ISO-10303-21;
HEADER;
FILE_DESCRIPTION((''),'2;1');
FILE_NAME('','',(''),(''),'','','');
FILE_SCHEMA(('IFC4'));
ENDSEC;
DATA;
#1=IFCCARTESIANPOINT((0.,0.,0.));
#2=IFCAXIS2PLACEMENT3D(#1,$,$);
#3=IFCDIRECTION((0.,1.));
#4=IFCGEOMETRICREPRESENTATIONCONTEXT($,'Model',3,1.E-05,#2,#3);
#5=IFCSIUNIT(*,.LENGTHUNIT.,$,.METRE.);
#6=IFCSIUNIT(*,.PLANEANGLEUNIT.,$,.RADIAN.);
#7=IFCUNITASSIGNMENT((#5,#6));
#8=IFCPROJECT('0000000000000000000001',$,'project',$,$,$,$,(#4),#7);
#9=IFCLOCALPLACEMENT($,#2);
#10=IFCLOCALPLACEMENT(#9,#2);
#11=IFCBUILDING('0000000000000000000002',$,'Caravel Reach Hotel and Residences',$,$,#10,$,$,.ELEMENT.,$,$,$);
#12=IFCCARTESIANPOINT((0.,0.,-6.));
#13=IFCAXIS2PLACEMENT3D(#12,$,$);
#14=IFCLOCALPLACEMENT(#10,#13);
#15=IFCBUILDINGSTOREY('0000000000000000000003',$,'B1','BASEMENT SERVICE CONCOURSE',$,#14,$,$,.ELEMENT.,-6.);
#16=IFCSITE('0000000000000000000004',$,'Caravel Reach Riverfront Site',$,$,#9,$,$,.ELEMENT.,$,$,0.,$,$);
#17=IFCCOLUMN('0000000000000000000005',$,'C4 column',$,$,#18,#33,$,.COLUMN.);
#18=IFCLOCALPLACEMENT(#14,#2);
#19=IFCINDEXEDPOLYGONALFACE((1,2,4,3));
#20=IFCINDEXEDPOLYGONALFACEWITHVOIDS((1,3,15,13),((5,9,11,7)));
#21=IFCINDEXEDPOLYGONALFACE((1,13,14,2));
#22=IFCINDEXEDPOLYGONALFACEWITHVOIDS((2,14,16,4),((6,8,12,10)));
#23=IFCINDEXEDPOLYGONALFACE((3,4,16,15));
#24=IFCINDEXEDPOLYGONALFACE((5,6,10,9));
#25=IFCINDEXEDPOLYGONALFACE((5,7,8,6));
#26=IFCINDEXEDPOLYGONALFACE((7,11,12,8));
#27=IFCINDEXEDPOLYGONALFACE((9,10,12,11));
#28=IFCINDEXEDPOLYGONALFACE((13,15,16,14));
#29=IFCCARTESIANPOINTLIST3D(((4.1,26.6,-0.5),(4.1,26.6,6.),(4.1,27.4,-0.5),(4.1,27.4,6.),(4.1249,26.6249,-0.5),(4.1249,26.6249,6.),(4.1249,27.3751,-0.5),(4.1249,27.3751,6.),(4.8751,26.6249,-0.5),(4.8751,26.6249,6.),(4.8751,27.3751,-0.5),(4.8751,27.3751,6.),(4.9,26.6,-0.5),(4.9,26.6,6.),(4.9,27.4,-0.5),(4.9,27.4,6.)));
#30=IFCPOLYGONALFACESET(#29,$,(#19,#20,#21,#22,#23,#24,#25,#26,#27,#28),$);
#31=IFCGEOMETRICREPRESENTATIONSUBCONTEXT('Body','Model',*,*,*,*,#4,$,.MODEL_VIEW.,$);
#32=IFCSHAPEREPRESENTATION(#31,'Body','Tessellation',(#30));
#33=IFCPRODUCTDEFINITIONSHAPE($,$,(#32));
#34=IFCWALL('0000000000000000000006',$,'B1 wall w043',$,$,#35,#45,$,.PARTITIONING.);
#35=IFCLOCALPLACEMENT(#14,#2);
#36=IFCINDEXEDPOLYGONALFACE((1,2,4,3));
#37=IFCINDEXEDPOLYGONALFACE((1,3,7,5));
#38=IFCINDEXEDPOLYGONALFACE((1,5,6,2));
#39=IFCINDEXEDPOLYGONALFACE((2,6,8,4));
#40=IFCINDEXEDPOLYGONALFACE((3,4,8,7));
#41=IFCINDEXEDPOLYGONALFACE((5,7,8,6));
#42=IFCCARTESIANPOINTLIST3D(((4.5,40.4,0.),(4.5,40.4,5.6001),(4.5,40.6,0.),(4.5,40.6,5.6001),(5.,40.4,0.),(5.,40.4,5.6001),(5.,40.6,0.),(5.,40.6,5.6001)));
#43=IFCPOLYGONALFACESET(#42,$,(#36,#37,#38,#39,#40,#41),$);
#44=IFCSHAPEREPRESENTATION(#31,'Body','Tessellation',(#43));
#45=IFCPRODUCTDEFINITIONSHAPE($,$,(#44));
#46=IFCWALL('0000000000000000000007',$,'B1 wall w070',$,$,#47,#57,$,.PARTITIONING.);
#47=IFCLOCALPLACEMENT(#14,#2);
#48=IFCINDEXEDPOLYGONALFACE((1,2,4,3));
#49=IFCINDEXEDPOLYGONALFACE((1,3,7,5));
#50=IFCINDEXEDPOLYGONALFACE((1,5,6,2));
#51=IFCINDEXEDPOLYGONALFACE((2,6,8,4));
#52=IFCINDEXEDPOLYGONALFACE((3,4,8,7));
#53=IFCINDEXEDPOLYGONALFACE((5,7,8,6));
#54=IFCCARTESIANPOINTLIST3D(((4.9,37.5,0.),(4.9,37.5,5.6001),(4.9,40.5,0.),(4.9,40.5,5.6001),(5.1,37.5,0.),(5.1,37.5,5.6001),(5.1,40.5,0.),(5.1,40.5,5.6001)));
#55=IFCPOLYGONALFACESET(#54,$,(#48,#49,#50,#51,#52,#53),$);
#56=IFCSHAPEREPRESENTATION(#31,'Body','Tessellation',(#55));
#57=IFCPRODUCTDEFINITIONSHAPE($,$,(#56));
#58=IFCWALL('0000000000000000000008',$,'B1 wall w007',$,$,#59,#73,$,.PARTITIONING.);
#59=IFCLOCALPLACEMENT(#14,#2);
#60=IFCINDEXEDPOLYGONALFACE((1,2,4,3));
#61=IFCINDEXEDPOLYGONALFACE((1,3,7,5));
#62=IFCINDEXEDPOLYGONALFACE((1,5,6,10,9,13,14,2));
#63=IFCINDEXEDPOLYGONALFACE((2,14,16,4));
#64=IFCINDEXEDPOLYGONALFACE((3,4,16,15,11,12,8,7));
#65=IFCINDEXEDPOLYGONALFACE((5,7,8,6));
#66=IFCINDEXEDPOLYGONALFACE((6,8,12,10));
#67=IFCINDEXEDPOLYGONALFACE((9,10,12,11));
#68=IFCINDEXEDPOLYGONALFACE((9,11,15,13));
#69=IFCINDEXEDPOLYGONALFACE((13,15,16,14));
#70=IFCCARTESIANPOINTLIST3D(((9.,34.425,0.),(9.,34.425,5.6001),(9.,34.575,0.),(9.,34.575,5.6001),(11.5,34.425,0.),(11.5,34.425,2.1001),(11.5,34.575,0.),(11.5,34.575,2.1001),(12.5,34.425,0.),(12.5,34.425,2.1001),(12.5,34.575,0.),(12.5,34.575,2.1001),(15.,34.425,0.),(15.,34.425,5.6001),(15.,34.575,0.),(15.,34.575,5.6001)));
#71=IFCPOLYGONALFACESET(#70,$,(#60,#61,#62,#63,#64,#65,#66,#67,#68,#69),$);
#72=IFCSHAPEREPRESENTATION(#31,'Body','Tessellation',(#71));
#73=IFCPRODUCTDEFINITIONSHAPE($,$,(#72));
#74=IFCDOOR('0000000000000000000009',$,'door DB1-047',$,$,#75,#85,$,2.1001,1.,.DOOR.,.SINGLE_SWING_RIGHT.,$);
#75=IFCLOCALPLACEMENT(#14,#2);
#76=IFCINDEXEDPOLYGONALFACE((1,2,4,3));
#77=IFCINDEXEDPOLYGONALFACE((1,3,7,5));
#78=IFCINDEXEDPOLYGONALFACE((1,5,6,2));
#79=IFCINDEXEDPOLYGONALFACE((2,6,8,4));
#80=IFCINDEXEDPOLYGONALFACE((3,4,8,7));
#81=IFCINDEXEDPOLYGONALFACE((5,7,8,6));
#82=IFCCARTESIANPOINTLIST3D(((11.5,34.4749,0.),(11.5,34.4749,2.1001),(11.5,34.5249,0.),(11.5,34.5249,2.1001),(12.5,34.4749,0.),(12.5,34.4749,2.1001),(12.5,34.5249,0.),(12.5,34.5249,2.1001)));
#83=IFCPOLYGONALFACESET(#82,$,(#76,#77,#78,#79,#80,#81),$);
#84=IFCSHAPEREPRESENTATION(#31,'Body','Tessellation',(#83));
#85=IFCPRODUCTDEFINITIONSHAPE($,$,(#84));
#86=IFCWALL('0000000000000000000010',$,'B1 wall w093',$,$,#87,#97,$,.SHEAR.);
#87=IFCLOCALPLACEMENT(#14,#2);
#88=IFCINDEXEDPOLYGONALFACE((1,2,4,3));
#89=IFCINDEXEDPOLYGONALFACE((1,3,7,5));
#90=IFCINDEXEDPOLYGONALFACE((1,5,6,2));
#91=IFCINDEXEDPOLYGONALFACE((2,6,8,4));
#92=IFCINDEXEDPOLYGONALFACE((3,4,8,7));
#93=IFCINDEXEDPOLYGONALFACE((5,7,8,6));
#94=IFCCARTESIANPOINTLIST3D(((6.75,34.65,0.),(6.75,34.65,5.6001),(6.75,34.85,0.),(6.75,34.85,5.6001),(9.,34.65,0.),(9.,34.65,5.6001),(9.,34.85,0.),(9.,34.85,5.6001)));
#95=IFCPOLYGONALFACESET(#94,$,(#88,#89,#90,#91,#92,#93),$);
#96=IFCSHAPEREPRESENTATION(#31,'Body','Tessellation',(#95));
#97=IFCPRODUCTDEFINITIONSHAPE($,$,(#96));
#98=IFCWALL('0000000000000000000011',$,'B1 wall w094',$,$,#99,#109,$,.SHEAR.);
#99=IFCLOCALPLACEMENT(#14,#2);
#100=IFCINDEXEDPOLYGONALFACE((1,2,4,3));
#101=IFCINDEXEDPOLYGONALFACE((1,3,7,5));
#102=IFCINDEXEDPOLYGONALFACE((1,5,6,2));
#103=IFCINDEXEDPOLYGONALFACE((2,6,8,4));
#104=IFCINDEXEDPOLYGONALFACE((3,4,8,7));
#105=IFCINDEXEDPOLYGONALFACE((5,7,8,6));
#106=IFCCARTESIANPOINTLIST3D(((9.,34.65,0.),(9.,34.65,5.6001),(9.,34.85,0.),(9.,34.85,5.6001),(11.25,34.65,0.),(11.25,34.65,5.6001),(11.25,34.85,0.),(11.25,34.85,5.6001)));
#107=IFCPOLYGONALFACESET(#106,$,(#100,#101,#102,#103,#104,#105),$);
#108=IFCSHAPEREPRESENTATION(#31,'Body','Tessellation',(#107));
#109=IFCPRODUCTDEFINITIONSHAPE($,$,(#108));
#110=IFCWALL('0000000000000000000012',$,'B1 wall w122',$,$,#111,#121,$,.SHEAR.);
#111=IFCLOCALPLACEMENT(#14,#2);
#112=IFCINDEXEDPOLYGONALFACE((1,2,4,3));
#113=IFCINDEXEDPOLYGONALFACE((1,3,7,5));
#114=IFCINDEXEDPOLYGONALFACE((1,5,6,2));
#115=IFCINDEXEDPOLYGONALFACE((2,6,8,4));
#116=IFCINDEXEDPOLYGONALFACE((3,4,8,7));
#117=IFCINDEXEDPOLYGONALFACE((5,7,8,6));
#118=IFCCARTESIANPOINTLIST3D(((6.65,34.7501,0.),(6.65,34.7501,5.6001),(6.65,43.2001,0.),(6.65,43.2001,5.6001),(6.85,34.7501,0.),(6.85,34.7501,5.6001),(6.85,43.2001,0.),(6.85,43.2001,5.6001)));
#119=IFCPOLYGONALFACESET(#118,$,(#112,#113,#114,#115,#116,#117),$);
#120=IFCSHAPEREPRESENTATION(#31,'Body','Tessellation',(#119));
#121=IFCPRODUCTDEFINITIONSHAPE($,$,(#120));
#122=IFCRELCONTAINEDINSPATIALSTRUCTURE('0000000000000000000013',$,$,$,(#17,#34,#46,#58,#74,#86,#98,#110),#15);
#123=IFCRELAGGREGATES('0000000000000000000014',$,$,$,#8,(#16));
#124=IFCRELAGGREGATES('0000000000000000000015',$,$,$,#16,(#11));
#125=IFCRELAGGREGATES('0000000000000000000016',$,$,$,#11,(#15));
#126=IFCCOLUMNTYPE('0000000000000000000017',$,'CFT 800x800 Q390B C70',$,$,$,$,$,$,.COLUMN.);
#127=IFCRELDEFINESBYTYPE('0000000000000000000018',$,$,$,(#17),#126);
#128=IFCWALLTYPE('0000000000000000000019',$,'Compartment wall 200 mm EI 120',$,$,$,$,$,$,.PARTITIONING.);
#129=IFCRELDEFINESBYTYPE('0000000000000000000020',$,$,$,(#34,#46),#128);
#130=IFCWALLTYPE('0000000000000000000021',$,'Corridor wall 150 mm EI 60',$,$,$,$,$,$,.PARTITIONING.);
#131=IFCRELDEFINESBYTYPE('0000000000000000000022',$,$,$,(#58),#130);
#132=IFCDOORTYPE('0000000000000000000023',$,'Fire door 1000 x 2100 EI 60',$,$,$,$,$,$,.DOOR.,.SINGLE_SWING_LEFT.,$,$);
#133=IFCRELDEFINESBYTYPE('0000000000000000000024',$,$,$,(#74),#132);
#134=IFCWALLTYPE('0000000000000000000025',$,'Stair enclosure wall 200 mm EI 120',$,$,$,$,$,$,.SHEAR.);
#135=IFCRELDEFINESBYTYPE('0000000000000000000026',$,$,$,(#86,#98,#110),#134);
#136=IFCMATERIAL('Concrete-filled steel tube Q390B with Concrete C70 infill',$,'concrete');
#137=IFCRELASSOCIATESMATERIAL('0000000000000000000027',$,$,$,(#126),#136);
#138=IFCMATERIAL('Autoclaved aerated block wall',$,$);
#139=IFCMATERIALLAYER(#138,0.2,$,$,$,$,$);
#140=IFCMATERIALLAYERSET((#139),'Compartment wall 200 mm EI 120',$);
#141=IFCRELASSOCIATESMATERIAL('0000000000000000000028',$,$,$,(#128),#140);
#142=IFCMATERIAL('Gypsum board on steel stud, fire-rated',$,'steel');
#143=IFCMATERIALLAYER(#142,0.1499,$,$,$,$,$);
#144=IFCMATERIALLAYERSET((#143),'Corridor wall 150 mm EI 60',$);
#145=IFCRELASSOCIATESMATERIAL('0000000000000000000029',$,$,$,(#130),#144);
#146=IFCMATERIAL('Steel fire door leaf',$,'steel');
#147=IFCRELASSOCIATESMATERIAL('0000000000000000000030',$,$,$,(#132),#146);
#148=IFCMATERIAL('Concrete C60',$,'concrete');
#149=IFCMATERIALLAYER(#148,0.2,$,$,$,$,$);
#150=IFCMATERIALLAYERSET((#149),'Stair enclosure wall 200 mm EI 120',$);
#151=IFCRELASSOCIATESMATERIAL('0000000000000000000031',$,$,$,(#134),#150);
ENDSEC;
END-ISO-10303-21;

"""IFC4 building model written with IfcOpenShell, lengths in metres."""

from ifc_helpers import new_model, si_unit, direction, frame, frame_2d, origin, origin_2d, place, context, subcontext, project, spatial, rectangle, hollow_rectangle, extrude, material, layer, layer_set, material_profile, profile_set, type_object, element, fill, save


model = new_model("IFC4")

# Units and contexts
model_context = context("Model", 3, precision=1e-05, world=origin(), true_north=direction((0.0, 1.0)))
body_context = subcontext(model_context, "Body", "Model", "MODEL_VIEW")
ifc_project = project(units=[si_unit("LENGTHUNIT", "METRE"), si_unit("PLANEANGLEUNIT", "RADIAN")], contexts=[model_context])

# Site, building, storey
site_placement = place(None, origin())
site = spatial("IfcSite", under=ifc_project, at=site_placement, Name="Caravel Reach Riverfront Site", CompositionType="ELEMENT", RefElevation=0.0)
building_placement = place(site_placement, origin())
building = spatial("IfcBuilding", under=site, at=building_placement, Name="Caravel Reach Hotel and Residences", CompositionType="ELEMENT")
storey_placement = place(building_placement, frame((0.0, 0.0, -6.0)))
storey = spatial("IfcBuildingStorey", under=building, at=storey_placement, Name="B1", Description="BASEMENT SERVICE CONCOURSE", CompositionType="ELEMENT", Elevation=-6.0)

# Column
ifc_material_1 = material(Name="Concrete-filled steel tube Q390B with Concrete C70 infill", Category="concrete")
ifc_material_profile_1 = material_profile(ifc_material_1, hollow_rectangle(XDim=0.8, YDim=0.8, WallThickness=0.0249, at=origin_2d()), Name="RHS 800x800x25")
ifc_profile_set_1 = profile_set([ifc_material_profile_1], Name="Concrete-filled steel tube Q390B with Concrete C70 infill")
column_type_1 = type_object("IfcColumnType", Name="CFT 800x800 Q390B C70", PredefinedType="COLUMN", material=ifc_profile_set_1)
column_placement = place(storey_placement, frame((4.5, 27.0, -0.5), z_axis=(0.0, 0.0, 1.0), x_axis=(1.0, 0.0, 0.0)))
element("IfcColumn", 1, at=column_placement, inside=storey, type_object=column_type_1, Name="C4 column", PredefinedType="COLUMN", context=body_context, shape_type="SweptSolid", body=[
    extrude(hollow_rectangle(XDim=0.8, YDim=0.8, WallThickness=0.0249, at=origin_2d()), origin(), (0.0, 0.0, 1.0), 6.5),
])

# Walls
ifc_material_2 = material(Name="Autoclaved aerated block wall")
ifc_layer_1 = layer(ifc_material_2, 0.2)
ifc_layer_set_1 = layer_set([ifc_layer_1], Name="Compartment wall 200 mm EI 120")
wall_type_1 = type_object("IfcWallType", Name="Compartment wall 200 mm EI 120", PredefinedType="PARTITIONING", material=ifc_layer_set_1)
wall_1_placement = place(storey_placement, frame((4.5, 40.5, 0.0), z_axis=(0.0, 0.0, 1.0), x_axis=(1.0, 0.0, 0.0)))
element("IfcWall", 2, at=wall_1_placement, inside=storey, type_object=wall_type_1, Name="B1 wall w043", PredefinedType="PARTITIONING", context=body_context, shape_type="SweptSolid", body=[
    extrude(rectangle(XDim=0.5, YDim=0.2, at=frame_2d((0.25, 0.0))), origin(), (0.0, 0.0, 1.0), 5.6001),
])
wall_2_placement = place(storey_placement, frame((5.0, 37.5, 0.0), z_axis=(0.0, 0.0, 1.0), x_axis=(0.0, 1.0, 0.0)))
element("IfcWall", 3, at=wall_2_placement, inside=storey, type_object=wall_type_1, Name="B1 wall w070", PredefinedType="PARTITIONING", context=body_context, shape_type="SweptSolid", body=[
    extrude(rectangle(XDim=3.0, YDim=0.2, at=frame_2d((1.5, 0.0))), origin(), (0.0, 0.0, 1.0), 5.6001),
])

# Wall, opening, door
ifc_material_3 = material(Name="Gypsum board on steel stud, fire-rated", Category="steel")
ifc_layer_2 = layer(ifc_material_3, 0.1499)
ifc_layer_set_2 = layer_set([ifc_layer_2], Name="Corridor wall 150 mm EI 60")
wall_type_2 = type_object("IfcWallType", Name="Corridor wall 150 mm EI 60", PredefinedType="PARTITIONING", material=ifc_layer_set_2)
wall_3_placement = place(storey_placement, frame((9.0, 34.5, 0.0), z_axis=(0.0, 0.0, 1.0), x_axis=(1.0, 0.0, 0.0)))
wall_3 = element("IfcWall", 4, at=wall_3_placement, inside=storey, type_object=wall_type_2, Name="B1 wall w007", PredefinedType="PARTITIONING", context=body_context, shape_type="SweptSolid", body=[
    extrude(rectangle(XDim=6.0, YDim=0.1499, at=frame_2d((3.0, 0.0))), origin(), (0.0, 0.0, 1.0), 5.6001),
])
opening_placement = place(wall_3_placement, frame((2.5, 0.0, 0.0)))
opening = element("IfcOpeningElement", 5, at=opening_placement, cuts=wall_3, PredefinedType="OPENING", context=body_context, shape_type="SweptSolid", body=[
    extrude(rectangle(XDim=1.0, YDim=2.1001, at=frame_2d((0.5, 1.05))), frame((0.0, 0.085, 0.0), z_axis=(0.0, -1.0, 0.0), x_axis=(1.0, 0.0, 0.0)), (0.0, 0.0, 1.0), 0.1699),
])
ifc_material_4 = material(Name="Steel fire door leaf", Category="steel")
door_type = type_object("IfcDoorType", Name="Fire door 1000 x 2100 EI 60", OperationType="SINGLE_SWING_LEFT", PredefinedType="DOOR", material=ifc_material_4)
door_placement = place(opening_placement, origin())
door = element("IfcDoor", 6, at=door_placement, inside=storey, type_object=door_type, Name="door DB1-047", OperationType="SINGLE_SWING_RIGHT", OverallHeight=2.1001, OverallWidth=1.0, PredefinedType="DOOR", context=body_context, shape_type="SweptSolid", body=[
    extrude(rectangle(XDim=1.0, YDim=2.1001, at=frame_2d((0.5, 1.05))), frame((0.0, 0.0249, 0.0), z_axis=(0.0, -1.0, 0.0), x_axis=(1.0, 0.0, 0.0)), (0.0, 0.0, 1.0), 0.05),
])
fill(opening, door)

# Walls
ifc_material_5 = material(Name="Concrete C60", Category="concrete")
ifc_layer_3 = layer(ifc_material_5, 0.2)
ifc_layer_set_3 = layer_set([ifc_layer_3], Name="Stair enclosure wall 200 mm EI 120")
wall_type_3 = type_object("IfcWallType", Name="Stair enclosure wall 200 mm EI 120", PredefinedType="SHEAR", material=ifc_layer_set_3)
for number, where, z_axis, x_axis, name in (
    (7, (6.75, 34.75, 0.0), (0.0, 0.0, 1.0), (1.0, 0.0, 0.0), "B1 wall w093"),
    (8, (9.0, 34.75, 0.0), (0.0, 0.0, 1.0), (1.0, 0.0, 0.0), "B1 wall w094"),
):
    element("IfcWall", number, at=place(storey_placement, frame(where, z_axis=z_axis, x_axis=x_axis)), inside=storey, type_object=wall_type_3, Name=name, PredefinedType="SHEAR", context=body_context, shape_type="SweptSolid", body=[
        extrude(rectangle(XDim=2.25, YDim=0.2, at=frame_2d((1.125, 0.0))), origin(), (0.0, 0.0, 1.0), 5.6001),
    ])
wall_4_placement = place(storey_placement, frame((6.75, 34.75, 0.0), z_axis=(0.0, 0.0, 1.0), x_axis=(0.0, 1.0, 0.0)))
element("IfcWall", 9, at=wall_4_placement, inside=storey, type_object=wall_type_3, Name="B1 wall w122", PredefinedType="SHEAR", context=body_context, shape_type="SweptSolid", body=[
    extrude(rectangle(XDim=8.45, YDim=0.2, at=frame_2d((4.2251, 0.0))), origin(), (0.0, 0.0, 1.0), 5.6001),
])

save(model, "model.ifc")
